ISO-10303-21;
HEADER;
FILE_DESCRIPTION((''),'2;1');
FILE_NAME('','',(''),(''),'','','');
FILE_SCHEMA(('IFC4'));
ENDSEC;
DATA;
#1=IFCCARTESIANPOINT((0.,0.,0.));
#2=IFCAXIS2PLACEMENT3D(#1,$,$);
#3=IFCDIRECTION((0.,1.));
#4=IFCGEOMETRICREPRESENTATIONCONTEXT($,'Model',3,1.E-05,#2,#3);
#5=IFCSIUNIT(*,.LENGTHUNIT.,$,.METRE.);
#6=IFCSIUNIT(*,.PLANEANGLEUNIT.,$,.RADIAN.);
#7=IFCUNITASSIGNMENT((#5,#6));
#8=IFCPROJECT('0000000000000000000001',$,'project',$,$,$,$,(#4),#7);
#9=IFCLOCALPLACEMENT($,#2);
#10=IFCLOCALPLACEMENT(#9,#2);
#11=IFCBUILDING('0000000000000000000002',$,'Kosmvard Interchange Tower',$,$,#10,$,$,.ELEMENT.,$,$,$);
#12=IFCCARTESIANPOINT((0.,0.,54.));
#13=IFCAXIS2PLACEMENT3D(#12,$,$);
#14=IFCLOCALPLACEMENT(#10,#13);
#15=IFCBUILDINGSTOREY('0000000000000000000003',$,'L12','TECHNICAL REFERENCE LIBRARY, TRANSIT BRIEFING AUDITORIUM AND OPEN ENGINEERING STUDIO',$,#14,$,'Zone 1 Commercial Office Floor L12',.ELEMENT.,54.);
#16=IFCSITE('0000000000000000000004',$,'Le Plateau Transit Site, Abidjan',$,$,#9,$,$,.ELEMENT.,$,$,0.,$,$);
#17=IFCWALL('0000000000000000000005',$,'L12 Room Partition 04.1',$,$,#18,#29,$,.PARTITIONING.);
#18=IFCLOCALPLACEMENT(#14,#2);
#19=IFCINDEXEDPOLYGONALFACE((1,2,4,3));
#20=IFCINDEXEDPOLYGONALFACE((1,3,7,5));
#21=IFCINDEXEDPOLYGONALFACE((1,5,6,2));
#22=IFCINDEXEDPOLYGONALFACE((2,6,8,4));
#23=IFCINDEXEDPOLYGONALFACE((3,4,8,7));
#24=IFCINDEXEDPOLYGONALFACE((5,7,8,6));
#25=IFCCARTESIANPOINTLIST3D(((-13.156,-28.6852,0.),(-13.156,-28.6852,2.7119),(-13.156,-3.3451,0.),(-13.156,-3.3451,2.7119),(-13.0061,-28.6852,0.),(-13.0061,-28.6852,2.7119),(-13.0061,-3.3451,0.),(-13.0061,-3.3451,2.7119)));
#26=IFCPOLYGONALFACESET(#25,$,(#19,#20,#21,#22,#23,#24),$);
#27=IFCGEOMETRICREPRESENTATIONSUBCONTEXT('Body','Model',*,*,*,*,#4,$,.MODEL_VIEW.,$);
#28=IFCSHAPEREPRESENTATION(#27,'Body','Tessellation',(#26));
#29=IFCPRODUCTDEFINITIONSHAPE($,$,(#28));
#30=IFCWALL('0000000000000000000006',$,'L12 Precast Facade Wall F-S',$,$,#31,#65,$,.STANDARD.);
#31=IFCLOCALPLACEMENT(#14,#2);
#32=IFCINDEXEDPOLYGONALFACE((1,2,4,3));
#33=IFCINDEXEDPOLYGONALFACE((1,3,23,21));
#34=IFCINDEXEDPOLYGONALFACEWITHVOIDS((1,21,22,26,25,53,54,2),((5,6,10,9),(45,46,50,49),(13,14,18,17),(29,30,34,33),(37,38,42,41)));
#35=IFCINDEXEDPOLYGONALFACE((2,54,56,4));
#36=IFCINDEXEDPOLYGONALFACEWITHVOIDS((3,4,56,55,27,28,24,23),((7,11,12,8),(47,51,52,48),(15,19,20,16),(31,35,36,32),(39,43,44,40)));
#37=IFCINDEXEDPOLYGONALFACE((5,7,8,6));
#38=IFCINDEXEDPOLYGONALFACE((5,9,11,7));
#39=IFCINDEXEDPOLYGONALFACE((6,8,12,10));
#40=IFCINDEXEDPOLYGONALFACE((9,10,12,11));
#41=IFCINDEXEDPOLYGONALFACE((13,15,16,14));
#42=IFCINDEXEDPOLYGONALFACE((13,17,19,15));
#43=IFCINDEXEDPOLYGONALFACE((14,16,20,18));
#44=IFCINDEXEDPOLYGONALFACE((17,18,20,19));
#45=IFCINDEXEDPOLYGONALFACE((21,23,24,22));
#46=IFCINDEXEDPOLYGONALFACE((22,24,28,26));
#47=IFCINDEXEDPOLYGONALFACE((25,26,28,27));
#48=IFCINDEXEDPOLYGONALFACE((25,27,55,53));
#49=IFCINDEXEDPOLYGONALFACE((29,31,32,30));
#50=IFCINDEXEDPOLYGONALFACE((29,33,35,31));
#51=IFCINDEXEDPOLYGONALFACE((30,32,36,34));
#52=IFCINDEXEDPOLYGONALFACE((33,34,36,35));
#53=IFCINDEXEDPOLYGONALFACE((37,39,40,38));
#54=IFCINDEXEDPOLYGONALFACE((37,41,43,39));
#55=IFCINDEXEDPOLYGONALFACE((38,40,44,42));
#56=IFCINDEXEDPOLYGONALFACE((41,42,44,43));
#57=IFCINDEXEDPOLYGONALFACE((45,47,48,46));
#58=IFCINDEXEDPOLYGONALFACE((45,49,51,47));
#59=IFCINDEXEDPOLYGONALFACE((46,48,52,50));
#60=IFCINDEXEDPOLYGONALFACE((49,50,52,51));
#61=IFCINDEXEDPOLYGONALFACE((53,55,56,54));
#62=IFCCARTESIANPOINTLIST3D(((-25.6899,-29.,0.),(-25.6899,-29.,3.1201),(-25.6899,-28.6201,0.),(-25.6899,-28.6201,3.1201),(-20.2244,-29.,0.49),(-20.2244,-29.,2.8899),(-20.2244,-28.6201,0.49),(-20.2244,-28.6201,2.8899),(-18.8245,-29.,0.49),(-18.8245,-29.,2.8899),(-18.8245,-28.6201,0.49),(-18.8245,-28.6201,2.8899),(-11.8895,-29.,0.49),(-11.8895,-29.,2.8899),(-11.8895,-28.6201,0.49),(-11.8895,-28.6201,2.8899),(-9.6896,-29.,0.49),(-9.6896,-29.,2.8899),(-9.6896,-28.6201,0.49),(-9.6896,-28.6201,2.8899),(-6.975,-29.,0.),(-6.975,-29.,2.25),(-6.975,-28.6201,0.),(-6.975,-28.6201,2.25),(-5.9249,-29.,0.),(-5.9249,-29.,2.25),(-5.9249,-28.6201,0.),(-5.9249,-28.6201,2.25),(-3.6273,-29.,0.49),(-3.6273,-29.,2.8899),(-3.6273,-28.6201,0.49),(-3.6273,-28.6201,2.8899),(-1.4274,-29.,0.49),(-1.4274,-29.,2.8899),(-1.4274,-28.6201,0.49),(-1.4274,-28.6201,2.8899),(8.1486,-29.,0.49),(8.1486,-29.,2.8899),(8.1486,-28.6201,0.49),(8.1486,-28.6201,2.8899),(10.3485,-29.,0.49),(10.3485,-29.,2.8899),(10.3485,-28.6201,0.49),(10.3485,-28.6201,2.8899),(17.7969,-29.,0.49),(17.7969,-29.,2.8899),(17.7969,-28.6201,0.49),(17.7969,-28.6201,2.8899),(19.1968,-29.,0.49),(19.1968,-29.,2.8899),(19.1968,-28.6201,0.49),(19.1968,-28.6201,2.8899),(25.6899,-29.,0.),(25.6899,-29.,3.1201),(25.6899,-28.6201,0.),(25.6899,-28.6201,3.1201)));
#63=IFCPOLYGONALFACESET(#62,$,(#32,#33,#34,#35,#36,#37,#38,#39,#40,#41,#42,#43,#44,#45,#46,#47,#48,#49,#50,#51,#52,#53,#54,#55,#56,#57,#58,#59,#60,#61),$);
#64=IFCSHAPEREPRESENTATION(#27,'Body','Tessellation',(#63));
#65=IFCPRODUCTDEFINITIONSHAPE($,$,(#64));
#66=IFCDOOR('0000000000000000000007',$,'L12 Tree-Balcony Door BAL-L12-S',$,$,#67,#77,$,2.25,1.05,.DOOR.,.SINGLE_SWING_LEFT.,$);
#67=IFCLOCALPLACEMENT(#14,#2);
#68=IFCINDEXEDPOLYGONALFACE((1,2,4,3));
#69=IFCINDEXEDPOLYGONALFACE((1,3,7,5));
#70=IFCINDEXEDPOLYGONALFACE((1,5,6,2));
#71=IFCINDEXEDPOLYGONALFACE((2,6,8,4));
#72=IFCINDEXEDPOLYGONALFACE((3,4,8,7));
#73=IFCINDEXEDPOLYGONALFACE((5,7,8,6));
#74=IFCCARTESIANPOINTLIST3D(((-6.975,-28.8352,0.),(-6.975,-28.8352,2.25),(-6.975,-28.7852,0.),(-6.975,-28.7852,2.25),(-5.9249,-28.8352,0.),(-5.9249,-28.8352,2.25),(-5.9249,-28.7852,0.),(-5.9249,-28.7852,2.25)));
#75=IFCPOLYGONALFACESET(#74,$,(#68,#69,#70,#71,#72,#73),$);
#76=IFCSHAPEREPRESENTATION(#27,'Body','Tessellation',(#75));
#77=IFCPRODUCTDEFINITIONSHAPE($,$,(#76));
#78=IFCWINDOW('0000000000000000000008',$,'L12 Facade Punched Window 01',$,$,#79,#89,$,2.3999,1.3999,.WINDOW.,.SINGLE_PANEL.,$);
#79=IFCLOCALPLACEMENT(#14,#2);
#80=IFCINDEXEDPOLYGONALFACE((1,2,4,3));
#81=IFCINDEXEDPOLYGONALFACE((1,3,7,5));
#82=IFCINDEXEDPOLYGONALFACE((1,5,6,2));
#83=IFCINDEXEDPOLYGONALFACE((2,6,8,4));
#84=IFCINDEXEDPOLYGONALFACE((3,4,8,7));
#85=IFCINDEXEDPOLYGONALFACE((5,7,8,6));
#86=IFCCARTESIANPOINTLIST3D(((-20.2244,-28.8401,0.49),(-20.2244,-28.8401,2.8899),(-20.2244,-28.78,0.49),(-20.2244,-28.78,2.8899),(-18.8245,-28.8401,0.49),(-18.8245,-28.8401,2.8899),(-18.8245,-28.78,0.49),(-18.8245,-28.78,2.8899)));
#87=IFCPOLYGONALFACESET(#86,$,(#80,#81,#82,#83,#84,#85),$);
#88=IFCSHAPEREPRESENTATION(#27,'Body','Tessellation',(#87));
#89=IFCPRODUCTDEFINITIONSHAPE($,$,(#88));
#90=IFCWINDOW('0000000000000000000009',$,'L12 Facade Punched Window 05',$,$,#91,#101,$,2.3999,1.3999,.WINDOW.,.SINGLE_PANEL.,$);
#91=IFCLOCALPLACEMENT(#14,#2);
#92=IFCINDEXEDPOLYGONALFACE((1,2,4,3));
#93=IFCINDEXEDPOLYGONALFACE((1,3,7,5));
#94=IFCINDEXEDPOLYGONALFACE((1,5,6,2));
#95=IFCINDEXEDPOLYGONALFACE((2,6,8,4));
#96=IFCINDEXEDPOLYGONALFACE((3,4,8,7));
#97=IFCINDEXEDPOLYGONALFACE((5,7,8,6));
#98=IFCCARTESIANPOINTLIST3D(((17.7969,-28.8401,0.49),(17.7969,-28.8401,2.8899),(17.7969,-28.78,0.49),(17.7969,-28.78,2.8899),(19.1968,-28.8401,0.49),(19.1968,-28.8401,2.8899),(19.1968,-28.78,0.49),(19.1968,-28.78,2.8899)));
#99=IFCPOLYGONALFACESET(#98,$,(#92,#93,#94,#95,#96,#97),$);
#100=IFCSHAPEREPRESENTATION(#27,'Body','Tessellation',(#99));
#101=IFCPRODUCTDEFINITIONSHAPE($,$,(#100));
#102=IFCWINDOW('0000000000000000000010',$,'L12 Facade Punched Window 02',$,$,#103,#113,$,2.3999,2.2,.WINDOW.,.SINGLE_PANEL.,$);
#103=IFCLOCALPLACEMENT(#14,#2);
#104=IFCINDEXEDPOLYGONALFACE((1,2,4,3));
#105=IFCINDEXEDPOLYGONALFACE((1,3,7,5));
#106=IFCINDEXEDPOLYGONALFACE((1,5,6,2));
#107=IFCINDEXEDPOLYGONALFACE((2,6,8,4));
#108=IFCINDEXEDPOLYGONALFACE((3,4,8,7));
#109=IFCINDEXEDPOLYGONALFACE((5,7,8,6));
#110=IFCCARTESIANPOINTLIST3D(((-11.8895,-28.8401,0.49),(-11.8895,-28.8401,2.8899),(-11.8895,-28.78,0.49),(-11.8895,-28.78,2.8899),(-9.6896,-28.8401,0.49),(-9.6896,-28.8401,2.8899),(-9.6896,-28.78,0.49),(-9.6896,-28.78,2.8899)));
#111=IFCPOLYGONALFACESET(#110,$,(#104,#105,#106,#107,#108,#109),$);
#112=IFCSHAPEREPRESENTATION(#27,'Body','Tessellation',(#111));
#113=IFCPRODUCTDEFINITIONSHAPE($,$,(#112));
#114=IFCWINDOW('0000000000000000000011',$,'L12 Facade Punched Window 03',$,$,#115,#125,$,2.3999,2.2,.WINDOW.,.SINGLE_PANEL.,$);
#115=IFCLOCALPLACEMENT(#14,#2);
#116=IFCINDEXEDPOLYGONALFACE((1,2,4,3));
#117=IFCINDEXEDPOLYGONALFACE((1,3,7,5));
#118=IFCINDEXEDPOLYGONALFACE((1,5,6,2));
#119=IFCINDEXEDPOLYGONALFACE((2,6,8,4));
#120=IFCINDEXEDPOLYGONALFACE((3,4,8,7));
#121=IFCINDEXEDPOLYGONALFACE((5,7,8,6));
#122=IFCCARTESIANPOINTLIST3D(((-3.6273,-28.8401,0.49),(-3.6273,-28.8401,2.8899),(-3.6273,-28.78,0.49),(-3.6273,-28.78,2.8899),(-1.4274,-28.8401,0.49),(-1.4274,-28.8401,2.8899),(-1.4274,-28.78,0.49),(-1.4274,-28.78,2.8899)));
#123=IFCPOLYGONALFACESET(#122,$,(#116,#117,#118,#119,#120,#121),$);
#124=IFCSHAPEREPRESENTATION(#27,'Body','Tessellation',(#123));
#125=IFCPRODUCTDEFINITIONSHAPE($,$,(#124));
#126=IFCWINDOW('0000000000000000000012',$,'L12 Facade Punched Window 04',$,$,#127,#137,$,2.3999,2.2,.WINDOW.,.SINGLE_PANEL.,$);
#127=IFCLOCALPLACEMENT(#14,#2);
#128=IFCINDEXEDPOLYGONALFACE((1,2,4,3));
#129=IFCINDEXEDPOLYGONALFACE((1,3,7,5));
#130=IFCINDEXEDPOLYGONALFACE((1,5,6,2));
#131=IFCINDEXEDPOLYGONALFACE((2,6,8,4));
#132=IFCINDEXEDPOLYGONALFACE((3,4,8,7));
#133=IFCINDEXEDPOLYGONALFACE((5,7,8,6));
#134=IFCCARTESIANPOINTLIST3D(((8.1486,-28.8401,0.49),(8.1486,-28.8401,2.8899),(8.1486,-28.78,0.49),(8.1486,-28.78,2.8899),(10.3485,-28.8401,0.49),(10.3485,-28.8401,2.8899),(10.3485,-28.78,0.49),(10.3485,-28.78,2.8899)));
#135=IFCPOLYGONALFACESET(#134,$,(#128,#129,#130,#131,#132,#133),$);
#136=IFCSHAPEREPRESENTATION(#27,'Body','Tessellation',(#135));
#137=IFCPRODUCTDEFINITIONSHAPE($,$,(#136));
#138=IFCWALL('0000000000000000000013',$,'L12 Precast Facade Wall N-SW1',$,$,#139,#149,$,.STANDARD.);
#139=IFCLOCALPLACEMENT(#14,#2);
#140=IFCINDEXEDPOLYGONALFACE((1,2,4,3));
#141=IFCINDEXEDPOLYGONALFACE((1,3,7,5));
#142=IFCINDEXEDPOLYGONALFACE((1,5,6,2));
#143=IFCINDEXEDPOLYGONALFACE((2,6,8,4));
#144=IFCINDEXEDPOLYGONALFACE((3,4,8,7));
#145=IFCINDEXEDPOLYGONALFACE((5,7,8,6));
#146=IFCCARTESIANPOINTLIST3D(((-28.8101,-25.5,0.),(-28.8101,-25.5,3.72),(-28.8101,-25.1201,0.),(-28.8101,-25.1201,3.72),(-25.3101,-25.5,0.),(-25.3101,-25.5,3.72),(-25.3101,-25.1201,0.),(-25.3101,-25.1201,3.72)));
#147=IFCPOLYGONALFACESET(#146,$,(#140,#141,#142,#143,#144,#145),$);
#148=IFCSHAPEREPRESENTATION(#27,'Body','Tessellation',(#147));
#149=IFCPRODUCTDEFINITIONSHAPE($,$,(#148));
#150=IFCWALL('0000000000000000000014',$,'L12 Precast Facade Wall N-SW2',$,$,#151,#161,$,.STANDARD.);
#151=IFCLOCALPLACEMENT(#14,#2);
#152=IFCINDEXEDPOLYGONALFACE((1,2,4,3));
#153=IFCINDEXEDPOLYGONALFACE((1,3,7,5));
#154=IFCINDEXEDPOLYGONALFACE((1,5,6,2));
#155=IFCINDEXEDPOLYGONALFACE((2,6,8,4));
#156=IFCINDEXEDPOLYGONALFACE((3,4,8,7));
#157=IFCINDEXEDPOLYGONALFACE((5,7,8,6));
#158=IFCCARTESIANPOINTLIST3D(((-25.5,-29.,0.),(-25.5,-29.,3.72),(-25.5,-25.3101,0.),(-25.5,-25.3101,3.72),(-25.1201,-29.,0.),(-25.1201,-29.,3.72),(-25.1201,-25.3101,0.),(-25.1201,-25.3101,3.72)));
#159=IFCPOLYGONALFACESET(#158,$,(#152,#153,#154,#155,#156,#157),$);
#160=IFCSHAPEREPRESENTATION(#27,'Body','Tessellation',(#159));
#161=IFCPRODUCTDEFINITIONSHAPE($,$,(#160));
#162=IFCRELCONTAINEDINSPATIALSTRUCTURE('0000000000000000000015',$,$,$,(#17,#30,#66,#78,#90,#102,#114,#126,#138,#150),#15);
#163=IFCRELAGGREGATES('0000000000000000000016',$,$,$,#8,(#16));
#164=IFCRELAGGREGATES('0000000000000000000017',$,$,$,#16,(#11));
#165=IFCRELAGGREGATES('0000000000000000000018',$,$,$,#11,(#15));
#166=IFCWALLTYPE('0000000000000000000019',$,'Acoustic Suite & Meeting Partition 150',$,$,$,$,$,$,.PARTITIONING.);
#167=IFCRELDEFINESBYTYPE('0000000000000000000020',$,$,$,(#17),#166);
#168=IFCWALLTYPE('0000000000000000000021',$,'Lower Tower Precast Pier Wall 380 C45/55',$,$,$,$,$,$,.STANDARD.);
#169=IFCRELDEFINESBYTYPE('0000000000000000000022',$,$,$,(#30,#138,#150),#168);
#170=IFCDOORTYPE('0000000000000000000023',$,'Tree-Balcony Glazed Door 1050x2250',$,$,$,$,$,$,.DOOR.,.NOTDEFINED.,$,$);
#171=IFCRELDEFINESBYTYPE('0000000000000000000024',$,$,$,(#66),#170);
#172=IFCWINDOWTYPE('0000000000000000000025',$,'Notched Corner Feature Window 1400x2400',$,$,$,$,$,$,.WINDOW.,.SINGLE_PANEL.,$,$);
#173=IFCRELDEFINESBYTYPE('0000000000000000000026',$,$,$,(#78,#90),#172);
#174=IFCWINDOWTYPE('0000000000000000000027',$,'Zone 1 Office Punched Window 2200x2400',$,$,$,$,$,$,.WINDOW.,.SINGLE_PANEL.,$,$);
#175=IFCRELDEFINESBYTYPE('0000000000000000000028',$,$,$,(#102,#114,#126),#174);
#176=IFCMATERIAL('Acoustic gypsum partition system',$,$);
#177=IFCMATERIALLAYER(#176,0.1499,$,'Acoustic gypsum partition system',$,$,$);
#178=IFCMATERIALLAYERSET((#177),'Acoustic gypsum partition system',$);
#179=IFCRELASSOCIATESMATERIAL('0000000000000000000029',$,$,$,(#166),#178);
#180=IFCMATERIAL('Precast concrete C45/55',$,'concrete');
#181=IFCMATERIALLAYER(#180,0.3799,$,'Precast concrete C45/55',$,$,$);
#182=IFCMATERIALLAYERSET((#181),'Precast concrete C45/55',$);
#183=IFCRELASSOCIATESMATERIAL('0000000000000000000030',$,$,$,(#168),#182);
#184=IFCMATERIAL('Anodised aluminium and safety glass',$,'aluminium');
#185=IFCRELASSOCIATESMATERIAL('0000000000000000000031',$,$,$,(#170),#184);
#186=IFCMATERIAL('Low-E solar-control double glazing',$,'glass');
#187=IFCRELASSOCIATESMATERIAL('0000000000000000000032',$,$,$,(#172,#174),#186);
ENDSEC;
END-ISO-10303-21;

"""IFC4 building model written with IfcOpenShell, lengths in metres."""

from ifc_helpers import new_model, si_unit, direction, frame, frame_2d, origin, place, context, subcontext, project, spatial, rectangle, extrude, source, transform, mapped, material, layer, layer_set, type_object, element, fill, save


model = new_model("IFC4")

# Units and contexts
model_context = context("Model", 3, precision=1e-05, world=origin(), true_north=direction((0.0, 1.0)))
body_context = subcontext(model_context, "Body", "Model", "MODEL_VIEW")
ifc_project = project(units=[si_unit("LENGTHUNIT", "METRE"), si_unit("PLANEANGLEUNIT", "RADIAN")], contexts=[model_context])

# Site, building, storey
site_placement = place(None, origin())
site = spatial("IfcSite", under=ifc_project, at=site_placement, Name="Le Plateau Transit Site, Abidjan", CompositionType="ELEMENT", RefElevation=0.0)
building_placement = place(site_placement, origin())
building = spatial("IfcBuilding", under=site, at=building_placement, Name="Kosmvard Interchange Tower", CompositionType="ELEMENT")
storey_placement = place(building_placement, frame((0.0, 0.0, 54.0)))
storey = spatial("IfcBuildingStorey", under=building, at=storey_placement, Name="L12", Description="TECHNICAL REFERENCE LIBRARY, TRANSIT BRIEFING AUDITORIUM AND OPEN ENGINEERING STUDIO", LongName="Zone 1 Commercial Office Floor L12", CompositionType="ELEMENT", Elevation=54.0)

# Shared definitions
ifc_material_1 = material(Name="Precast concrete C45/55", Category="concrete")

# Wall
ifc_material_2 = material(Name="Acoustic gypsum partition system")
ifc_layer_1 = layer(ifc_material_2, 0.1499, Name="Acoustic gypsum partition system")
ifc_layer_set_1 = layer_set([ifc_layer_1], Name="Acoustic gypsum partition system")
wall_type_1 = type_object("IfcWallType", Name="Acoustic Suite & Meeting Partition 150", PredefinedType="PARTITIONING", material=ifc_layer_set_1)
wall_1_placement = place(storey_placement, frame((-13.0811, -28.6851, 0.0), z_axis=(0.0, 0.0, 1.0), x_axis=(0.0, 1.0, 0.0)))
element("IfcWall", 1, at=wall_1_placement, inside=storey, type_object=wall_type_1, Name="L12 Room Partition 04.1", PredefinedType="PARTITIONING", context=body_context, shape_type="SweptSolid", body=[
    extrude(rectangle(XDim=25.3401, YDim=0.1499, at=frame_2d((12.6699, 0.0))), origin(), (0.0, 0.0, 1.0), 2.7119),
])

# Wall, openings, door, windows
ifc_layer_2 = layer(ifc_material_1, 0.3799, Name="Precast concrete C45/55")
ifc_layer_set_2 = layer_set([ifc_layer_2], Name="Precast concrete C45/55")
wall_type_2 = type_object("IfcWallType", Name="Lower Tower Precast Pier Wall 380 C45/55", PredefinedType="STANDARD", material=ifc_layer_set_2)
wall_2_placement = place(storey_placement, frame((-25.6899, -28.8101, 0.0), z_axis=(0.0, 0.0, 1.0), x_axis=(1.0, 0.0, 0.0)))
wall_2 = element("IfcWall", 2, at=wall_2_placement, inside=storey, type_object=wall_type_2, Name="L12 Precast Facade Wall F-S", PredefinedType="STANDARD", context=body_context, shape_type="SweptSolid", body=[
    extrude(rectangle(XDim=51.3799, YDim=0.3799, at=frame_2d((25.6899, 0.0))), origin(), (0.0, 0.0, 1.0), 3.1201),
])
opening_1_placement = place(wall_2_placement, frame((18.7151, 0.0, 0.0)))
opening_1 = element("IfcOpeningElement", 3, at=opening_1_placement, cuts=wall_2, PredefinedType="OPENING", context=body_context, shape_type="SweptSolid", body=[
    extrude(rectangle(XDim=1.05, YDim=2.25, at=frame_2d((0.5249, 1.125))), frame((0.0, 0.2, 0.0), z_axis=(0.0, -1.0, 0.0), x_axis=(1.0, 0.0, 0.0)), (0.0, 0.0, 1.0), 0.3999),
])
opening_2_placement = place(wall_2_placement, frame((5.4656, 0.0, 0.49)))
opening_2 = element("IfcOpeningElement", 4, at=opening_2_placement, cuts=wall_2, PredefinedType="OPENING", context=body_context, shape_type="SweptSolid", body=[
    extrude(rectangle(XDim=1.3999, YDim=2.3999, at=frame_2d((0.7, 1.2))), frame((0.0, 0.2, 0.0), z_axis=(0.0, -1.0, 0.0), x_axis=(1.0, 0.0, 0.0)), (0.0, 0.0, 1.0), 0.3999),
])
opening_3_placement = place(wall_2_placement, frame((13.8003, 0.0, 0.49)))
opening_3 = element("IfcOpeningElement", 5, at=opening_3_placement, cuts=wall_2, PredefinedType="OPENING", context=body_context, shape_type="SweptSolid", body=[
    extrude(rectangle(XDim=2.2, YDim=2.3999, at=frame_2d((1.1001, 1.2))), frame((0.0, 0.2, 0.0), z_axis=(0.0, -1.0, 0.0), x_axis=(1.0, 0.0, 0.0)), (0.0, 0.0, 1.0), 0.3999),
])
opening_4_placement = place(wall_2_placement, frame((22.0625, 0.0, 0.49)))
opening_4 = element("IfcOpeningElement", 6, at=opening_4_placement, cuts=wall_2, PredefinedType="OPENING", context=body_context, shape_type="SweptSolid", body=[
    extrude(rectangle(XDim=2.2, YDim=2.3999, at=frame_2d((1.1001, 1.2))), frame((0.0, 0.2, 0.0), z_axis=(0.0, -1.0, 0.0), x_axis=(1.0, 0.0, 0.0)), (0.0, 0.0, 1.0), 0.3999),
])
opening_5_placement = place(wall_2_placement, frame((33.8384, 0.0, 0.49)))
opening_5 = element("IfcOpeningElement", 7, at=opening_5_placement, cuts=wall_2, PredefinedType="OPENING", context=body_context, shape_type="SweptSolid", body=[
    extrude(rectangle(XDim=2.2, YDim=2.3999, at=frame_2d((1.1001, 1.2))), frame((0.0, 0.2, 0.0), z_axis=(0.0, -1.0, 0.0), x_axis=(1.0, 0.0, 0.0)), (0.0, 0.0, 1.0), 0.3999),
])
opening_6_placement = place(wall_2_placement, frame((43.4868, 0.0, 0.49)))
opening_6 = element("IfcOpeningElement", 8, at=opening_6_placement, cuts=wall_2, PredefinedType="OPENING", context=body_context, shape_type="SweptSolid", body=[
    extrude(rectangle(XDim=1.3999, YDim=2.3999, at=frame_2d((0.7, 1.2))), frame((0.0, 0.2, 0.0), z_axis=(0.0, -1.0, 0.0), x_axis=(1.0, 0.0, 0.0)), (0.0, 0.0, 1.0), 0.3999),
])
ifc_material_3 = material(Name="Anodised aluminium and safety glass", Category="aluminium")
door_type = type_object("IfcDoorType", Name="Tree-Balcony Glazed Door 1050x2250", OperationType="NOTDEFINED", PredefinedType="DOOR", material=ifc_material_3)
shared_shape_1 = source(origin(), body_context, "Body", "SweptSolid", [
    extrude(rectangle(XDim=1.05, YDim=2.25, at=frame_2d((0.5249, 1.125))), frame((0.0, 0.0249, 0.0), z_axis=(0.0, -1.0, 0.0), x_axis=(1.0, 0.0, 0.0)), (0.0, 0.0, 1.0), 0.05),
])
door_placement = place(opening_1_placement, origin())
door = element("IfcDoor", 9, at=door_placement, inside=storey, type_object=door_type, Name="L12 Tree-Balcony Door BAL-L12-S", OperationType="SINGLE_SWING_LEFT", OverallHeight=2.25, OverallWidth=1.05, PredefinedType="DOOR", context=body_context, shape_type="MappedRepresentation", body=[
    mapped(shared_shape_1, transform((0.0, 0.0, 0.0), scale=1.0)),
])
fill(opening_1, door)
ifc_material_4 = material(Name="Low-E solar-control double glazing", Category="glass")
window_type_1 = type_object("IfcWindowType", Name="Notched Corner Feature Window 1400x2400", PartitioningType="SINGLE_PANEL", PredefinedType="WINDOW", material=ifc_material_4)
shared_shape_2 = source(origin(), body_context, "Body", "SweptSolid", [
    extrude(rectangle(XDim=1.3999, YDim=2.3999, at=frame_2d((0.7, 1.2))), frame((0.0, 0.03, 0.0), z_axis=(0.0, -1.0, 0.0), x_axis=(1.0, 0.0, 0.0)), (0.0, 0.0, 1.0), 0.0601),
])
window_1_placement = place(opening_2_placement, origin())
window_1 = element("IfcWindow", 10, at=window_1_placement, inside=storey, type_object=window_type_1, Name="L12 Facade Punched Window 01", OverallHeight=2.3999, OverallWidth=1.3999, PartitioningType="SINGLE_PANEL", PredefinedType="WINDOW", context=body_context, shape_type="MappedRepresentation", body=[
    mapped(shared_shape_2, transform((0.0, 0.0, 0.0), scale=1.0)),
])
fill(opening_2, window_1)
window_2_placement = place(opening_6_placement, origin())
window_2 = element("IfcWindow", 11, at=window_2_placement, inside=storey, type_object=window_type_1, Name="L12 Facade Punched Window 05", OverallHeight=2.3999, OverallWidth=1.3999, PartitioningType="SINGLE_PANEL", PredefinedType="WINDOW", context=body_context, shape_type="MappedRepresentation", body=[
    mapped(shared_shape_2, transform((0.0, 0.0, 0.0), scale=1.0)),
])
fill(opening_6, window_2)
window_type_2 = type_object("IfcWindowType", Name="Zone 1 Office Punched Window 2200x2400", PartitioningType="SINGLE_PANEL", PredefinedType="WINDOW", material=ifc_material_4)
shared_shape_3 = source(origin(), body_context, "Body", "SweptSolid", [
    extrude(rectangle(XDim=2.2, YDim=2.3999, at=frame_2d((1.1001, 1.2))), frame((0.0, 0.03, 0.0), z_axis=(0.0, -1.0, 0.0), x_axis=(1.0, 0.0, 0.0)), (0.0, 0.0, 1.0), 0.0601),
])
window_3_placement = place(opening_3_placement, origin())
window_3 = element("IfcWindow", 12, at=window_3_placement, inside=storey, type_object=window_type_2, Name="L12 Facade Punched Window 02", OverallHeight=2.3999, OverallWidth=2.2, PartitioningType="SINGLE_PANEL", PredefinedType="WINDOW", context=body_context, shape_type="MappedRepresentation", body=[
    mapped(shared_shape_3, transform((0.0, 0.0, 0.0), scale=1.0)),
])
fill(opening_3, window_3)
window_4_placement = place(opening_4_placement, origin())
window_4 = element("IfcWindow", 13, at=window_4_placement, inside=storey, type_object=window_type_2, Name="L12 Facade Punched Window 03", OverallHeight=2.3999, OverallWidth=2.2, PartitioningType="SINGLE_PANEL", PredefinedType="WINDOW", context=body_context, shape_type="MappedRepresentation", body=[
    mapped(shared_shape_3, transform((0.0, 0.0, 0.0), scale=1.0)),
])
fill(opening_4, window_4)
window_5_placement = place(opening_5_placement, origin())
window_5 = element("IfcWindow", 14, at=window_5_placement, inside=storey, type_object=window_type_2, Name="L12 Facade Punched Window 04", OverallHeight=2.3999, OverallWidth=2.2, PartitioningType="SINGLE_PANEL", PredefinedType="WINDOW", context=body_context, shape_type="MappedRepresentation", body=[
    mapped(shared_shape_3, transform((0.0, 0.0, 0.0), scale=1.0)),
])
fill(opening_5, window_5)

# Walls
wall_3_placement = place(storey_placement, frame((-28.8101, -25.3101, 0.0), z_axis=(0.0, 0.0, 1.0), x_axis=(1.0, 0.0, 0.0)))
element("IfcWall", 15, at=wall_3_placement, inside=storey, type_object=wall_type_2, Name="L12 Precast Facade Wall N-SW1", PredefinedType="STANDARD", context=body_context, shape_type="SweptSolid", body=[
    extrude(rectangle(XDim=3.5, YDim=0.3799, at=frame_2d((1.75, 0.0))), origin(), (0.0, 0.0, 1.0), 3.72),
])
wall_4_placement = place(storey_placement, frame((-25.3101, -25.3101, 0.0), z_axis=(0.0, 0.0, 1.0), x_axis=(0.0, -1.0, 0.0)))
element("IfcWall", 16, at=wall_4_placement, inside=storey, type_object=wall_type_2, Name="L12 Precast Facade Wall N-SW2", PredefinedType="STANDARD", context=body_context, shape_type="SweptSolid", body=[
    extrude(rectangle(XDim=3.6899, YDim=0.3799, at=frame_2d((1.845, 0.0))), origin(), (0.0, 0.0, 1.0), 3.72),
])

save(model, "model.ifc")
